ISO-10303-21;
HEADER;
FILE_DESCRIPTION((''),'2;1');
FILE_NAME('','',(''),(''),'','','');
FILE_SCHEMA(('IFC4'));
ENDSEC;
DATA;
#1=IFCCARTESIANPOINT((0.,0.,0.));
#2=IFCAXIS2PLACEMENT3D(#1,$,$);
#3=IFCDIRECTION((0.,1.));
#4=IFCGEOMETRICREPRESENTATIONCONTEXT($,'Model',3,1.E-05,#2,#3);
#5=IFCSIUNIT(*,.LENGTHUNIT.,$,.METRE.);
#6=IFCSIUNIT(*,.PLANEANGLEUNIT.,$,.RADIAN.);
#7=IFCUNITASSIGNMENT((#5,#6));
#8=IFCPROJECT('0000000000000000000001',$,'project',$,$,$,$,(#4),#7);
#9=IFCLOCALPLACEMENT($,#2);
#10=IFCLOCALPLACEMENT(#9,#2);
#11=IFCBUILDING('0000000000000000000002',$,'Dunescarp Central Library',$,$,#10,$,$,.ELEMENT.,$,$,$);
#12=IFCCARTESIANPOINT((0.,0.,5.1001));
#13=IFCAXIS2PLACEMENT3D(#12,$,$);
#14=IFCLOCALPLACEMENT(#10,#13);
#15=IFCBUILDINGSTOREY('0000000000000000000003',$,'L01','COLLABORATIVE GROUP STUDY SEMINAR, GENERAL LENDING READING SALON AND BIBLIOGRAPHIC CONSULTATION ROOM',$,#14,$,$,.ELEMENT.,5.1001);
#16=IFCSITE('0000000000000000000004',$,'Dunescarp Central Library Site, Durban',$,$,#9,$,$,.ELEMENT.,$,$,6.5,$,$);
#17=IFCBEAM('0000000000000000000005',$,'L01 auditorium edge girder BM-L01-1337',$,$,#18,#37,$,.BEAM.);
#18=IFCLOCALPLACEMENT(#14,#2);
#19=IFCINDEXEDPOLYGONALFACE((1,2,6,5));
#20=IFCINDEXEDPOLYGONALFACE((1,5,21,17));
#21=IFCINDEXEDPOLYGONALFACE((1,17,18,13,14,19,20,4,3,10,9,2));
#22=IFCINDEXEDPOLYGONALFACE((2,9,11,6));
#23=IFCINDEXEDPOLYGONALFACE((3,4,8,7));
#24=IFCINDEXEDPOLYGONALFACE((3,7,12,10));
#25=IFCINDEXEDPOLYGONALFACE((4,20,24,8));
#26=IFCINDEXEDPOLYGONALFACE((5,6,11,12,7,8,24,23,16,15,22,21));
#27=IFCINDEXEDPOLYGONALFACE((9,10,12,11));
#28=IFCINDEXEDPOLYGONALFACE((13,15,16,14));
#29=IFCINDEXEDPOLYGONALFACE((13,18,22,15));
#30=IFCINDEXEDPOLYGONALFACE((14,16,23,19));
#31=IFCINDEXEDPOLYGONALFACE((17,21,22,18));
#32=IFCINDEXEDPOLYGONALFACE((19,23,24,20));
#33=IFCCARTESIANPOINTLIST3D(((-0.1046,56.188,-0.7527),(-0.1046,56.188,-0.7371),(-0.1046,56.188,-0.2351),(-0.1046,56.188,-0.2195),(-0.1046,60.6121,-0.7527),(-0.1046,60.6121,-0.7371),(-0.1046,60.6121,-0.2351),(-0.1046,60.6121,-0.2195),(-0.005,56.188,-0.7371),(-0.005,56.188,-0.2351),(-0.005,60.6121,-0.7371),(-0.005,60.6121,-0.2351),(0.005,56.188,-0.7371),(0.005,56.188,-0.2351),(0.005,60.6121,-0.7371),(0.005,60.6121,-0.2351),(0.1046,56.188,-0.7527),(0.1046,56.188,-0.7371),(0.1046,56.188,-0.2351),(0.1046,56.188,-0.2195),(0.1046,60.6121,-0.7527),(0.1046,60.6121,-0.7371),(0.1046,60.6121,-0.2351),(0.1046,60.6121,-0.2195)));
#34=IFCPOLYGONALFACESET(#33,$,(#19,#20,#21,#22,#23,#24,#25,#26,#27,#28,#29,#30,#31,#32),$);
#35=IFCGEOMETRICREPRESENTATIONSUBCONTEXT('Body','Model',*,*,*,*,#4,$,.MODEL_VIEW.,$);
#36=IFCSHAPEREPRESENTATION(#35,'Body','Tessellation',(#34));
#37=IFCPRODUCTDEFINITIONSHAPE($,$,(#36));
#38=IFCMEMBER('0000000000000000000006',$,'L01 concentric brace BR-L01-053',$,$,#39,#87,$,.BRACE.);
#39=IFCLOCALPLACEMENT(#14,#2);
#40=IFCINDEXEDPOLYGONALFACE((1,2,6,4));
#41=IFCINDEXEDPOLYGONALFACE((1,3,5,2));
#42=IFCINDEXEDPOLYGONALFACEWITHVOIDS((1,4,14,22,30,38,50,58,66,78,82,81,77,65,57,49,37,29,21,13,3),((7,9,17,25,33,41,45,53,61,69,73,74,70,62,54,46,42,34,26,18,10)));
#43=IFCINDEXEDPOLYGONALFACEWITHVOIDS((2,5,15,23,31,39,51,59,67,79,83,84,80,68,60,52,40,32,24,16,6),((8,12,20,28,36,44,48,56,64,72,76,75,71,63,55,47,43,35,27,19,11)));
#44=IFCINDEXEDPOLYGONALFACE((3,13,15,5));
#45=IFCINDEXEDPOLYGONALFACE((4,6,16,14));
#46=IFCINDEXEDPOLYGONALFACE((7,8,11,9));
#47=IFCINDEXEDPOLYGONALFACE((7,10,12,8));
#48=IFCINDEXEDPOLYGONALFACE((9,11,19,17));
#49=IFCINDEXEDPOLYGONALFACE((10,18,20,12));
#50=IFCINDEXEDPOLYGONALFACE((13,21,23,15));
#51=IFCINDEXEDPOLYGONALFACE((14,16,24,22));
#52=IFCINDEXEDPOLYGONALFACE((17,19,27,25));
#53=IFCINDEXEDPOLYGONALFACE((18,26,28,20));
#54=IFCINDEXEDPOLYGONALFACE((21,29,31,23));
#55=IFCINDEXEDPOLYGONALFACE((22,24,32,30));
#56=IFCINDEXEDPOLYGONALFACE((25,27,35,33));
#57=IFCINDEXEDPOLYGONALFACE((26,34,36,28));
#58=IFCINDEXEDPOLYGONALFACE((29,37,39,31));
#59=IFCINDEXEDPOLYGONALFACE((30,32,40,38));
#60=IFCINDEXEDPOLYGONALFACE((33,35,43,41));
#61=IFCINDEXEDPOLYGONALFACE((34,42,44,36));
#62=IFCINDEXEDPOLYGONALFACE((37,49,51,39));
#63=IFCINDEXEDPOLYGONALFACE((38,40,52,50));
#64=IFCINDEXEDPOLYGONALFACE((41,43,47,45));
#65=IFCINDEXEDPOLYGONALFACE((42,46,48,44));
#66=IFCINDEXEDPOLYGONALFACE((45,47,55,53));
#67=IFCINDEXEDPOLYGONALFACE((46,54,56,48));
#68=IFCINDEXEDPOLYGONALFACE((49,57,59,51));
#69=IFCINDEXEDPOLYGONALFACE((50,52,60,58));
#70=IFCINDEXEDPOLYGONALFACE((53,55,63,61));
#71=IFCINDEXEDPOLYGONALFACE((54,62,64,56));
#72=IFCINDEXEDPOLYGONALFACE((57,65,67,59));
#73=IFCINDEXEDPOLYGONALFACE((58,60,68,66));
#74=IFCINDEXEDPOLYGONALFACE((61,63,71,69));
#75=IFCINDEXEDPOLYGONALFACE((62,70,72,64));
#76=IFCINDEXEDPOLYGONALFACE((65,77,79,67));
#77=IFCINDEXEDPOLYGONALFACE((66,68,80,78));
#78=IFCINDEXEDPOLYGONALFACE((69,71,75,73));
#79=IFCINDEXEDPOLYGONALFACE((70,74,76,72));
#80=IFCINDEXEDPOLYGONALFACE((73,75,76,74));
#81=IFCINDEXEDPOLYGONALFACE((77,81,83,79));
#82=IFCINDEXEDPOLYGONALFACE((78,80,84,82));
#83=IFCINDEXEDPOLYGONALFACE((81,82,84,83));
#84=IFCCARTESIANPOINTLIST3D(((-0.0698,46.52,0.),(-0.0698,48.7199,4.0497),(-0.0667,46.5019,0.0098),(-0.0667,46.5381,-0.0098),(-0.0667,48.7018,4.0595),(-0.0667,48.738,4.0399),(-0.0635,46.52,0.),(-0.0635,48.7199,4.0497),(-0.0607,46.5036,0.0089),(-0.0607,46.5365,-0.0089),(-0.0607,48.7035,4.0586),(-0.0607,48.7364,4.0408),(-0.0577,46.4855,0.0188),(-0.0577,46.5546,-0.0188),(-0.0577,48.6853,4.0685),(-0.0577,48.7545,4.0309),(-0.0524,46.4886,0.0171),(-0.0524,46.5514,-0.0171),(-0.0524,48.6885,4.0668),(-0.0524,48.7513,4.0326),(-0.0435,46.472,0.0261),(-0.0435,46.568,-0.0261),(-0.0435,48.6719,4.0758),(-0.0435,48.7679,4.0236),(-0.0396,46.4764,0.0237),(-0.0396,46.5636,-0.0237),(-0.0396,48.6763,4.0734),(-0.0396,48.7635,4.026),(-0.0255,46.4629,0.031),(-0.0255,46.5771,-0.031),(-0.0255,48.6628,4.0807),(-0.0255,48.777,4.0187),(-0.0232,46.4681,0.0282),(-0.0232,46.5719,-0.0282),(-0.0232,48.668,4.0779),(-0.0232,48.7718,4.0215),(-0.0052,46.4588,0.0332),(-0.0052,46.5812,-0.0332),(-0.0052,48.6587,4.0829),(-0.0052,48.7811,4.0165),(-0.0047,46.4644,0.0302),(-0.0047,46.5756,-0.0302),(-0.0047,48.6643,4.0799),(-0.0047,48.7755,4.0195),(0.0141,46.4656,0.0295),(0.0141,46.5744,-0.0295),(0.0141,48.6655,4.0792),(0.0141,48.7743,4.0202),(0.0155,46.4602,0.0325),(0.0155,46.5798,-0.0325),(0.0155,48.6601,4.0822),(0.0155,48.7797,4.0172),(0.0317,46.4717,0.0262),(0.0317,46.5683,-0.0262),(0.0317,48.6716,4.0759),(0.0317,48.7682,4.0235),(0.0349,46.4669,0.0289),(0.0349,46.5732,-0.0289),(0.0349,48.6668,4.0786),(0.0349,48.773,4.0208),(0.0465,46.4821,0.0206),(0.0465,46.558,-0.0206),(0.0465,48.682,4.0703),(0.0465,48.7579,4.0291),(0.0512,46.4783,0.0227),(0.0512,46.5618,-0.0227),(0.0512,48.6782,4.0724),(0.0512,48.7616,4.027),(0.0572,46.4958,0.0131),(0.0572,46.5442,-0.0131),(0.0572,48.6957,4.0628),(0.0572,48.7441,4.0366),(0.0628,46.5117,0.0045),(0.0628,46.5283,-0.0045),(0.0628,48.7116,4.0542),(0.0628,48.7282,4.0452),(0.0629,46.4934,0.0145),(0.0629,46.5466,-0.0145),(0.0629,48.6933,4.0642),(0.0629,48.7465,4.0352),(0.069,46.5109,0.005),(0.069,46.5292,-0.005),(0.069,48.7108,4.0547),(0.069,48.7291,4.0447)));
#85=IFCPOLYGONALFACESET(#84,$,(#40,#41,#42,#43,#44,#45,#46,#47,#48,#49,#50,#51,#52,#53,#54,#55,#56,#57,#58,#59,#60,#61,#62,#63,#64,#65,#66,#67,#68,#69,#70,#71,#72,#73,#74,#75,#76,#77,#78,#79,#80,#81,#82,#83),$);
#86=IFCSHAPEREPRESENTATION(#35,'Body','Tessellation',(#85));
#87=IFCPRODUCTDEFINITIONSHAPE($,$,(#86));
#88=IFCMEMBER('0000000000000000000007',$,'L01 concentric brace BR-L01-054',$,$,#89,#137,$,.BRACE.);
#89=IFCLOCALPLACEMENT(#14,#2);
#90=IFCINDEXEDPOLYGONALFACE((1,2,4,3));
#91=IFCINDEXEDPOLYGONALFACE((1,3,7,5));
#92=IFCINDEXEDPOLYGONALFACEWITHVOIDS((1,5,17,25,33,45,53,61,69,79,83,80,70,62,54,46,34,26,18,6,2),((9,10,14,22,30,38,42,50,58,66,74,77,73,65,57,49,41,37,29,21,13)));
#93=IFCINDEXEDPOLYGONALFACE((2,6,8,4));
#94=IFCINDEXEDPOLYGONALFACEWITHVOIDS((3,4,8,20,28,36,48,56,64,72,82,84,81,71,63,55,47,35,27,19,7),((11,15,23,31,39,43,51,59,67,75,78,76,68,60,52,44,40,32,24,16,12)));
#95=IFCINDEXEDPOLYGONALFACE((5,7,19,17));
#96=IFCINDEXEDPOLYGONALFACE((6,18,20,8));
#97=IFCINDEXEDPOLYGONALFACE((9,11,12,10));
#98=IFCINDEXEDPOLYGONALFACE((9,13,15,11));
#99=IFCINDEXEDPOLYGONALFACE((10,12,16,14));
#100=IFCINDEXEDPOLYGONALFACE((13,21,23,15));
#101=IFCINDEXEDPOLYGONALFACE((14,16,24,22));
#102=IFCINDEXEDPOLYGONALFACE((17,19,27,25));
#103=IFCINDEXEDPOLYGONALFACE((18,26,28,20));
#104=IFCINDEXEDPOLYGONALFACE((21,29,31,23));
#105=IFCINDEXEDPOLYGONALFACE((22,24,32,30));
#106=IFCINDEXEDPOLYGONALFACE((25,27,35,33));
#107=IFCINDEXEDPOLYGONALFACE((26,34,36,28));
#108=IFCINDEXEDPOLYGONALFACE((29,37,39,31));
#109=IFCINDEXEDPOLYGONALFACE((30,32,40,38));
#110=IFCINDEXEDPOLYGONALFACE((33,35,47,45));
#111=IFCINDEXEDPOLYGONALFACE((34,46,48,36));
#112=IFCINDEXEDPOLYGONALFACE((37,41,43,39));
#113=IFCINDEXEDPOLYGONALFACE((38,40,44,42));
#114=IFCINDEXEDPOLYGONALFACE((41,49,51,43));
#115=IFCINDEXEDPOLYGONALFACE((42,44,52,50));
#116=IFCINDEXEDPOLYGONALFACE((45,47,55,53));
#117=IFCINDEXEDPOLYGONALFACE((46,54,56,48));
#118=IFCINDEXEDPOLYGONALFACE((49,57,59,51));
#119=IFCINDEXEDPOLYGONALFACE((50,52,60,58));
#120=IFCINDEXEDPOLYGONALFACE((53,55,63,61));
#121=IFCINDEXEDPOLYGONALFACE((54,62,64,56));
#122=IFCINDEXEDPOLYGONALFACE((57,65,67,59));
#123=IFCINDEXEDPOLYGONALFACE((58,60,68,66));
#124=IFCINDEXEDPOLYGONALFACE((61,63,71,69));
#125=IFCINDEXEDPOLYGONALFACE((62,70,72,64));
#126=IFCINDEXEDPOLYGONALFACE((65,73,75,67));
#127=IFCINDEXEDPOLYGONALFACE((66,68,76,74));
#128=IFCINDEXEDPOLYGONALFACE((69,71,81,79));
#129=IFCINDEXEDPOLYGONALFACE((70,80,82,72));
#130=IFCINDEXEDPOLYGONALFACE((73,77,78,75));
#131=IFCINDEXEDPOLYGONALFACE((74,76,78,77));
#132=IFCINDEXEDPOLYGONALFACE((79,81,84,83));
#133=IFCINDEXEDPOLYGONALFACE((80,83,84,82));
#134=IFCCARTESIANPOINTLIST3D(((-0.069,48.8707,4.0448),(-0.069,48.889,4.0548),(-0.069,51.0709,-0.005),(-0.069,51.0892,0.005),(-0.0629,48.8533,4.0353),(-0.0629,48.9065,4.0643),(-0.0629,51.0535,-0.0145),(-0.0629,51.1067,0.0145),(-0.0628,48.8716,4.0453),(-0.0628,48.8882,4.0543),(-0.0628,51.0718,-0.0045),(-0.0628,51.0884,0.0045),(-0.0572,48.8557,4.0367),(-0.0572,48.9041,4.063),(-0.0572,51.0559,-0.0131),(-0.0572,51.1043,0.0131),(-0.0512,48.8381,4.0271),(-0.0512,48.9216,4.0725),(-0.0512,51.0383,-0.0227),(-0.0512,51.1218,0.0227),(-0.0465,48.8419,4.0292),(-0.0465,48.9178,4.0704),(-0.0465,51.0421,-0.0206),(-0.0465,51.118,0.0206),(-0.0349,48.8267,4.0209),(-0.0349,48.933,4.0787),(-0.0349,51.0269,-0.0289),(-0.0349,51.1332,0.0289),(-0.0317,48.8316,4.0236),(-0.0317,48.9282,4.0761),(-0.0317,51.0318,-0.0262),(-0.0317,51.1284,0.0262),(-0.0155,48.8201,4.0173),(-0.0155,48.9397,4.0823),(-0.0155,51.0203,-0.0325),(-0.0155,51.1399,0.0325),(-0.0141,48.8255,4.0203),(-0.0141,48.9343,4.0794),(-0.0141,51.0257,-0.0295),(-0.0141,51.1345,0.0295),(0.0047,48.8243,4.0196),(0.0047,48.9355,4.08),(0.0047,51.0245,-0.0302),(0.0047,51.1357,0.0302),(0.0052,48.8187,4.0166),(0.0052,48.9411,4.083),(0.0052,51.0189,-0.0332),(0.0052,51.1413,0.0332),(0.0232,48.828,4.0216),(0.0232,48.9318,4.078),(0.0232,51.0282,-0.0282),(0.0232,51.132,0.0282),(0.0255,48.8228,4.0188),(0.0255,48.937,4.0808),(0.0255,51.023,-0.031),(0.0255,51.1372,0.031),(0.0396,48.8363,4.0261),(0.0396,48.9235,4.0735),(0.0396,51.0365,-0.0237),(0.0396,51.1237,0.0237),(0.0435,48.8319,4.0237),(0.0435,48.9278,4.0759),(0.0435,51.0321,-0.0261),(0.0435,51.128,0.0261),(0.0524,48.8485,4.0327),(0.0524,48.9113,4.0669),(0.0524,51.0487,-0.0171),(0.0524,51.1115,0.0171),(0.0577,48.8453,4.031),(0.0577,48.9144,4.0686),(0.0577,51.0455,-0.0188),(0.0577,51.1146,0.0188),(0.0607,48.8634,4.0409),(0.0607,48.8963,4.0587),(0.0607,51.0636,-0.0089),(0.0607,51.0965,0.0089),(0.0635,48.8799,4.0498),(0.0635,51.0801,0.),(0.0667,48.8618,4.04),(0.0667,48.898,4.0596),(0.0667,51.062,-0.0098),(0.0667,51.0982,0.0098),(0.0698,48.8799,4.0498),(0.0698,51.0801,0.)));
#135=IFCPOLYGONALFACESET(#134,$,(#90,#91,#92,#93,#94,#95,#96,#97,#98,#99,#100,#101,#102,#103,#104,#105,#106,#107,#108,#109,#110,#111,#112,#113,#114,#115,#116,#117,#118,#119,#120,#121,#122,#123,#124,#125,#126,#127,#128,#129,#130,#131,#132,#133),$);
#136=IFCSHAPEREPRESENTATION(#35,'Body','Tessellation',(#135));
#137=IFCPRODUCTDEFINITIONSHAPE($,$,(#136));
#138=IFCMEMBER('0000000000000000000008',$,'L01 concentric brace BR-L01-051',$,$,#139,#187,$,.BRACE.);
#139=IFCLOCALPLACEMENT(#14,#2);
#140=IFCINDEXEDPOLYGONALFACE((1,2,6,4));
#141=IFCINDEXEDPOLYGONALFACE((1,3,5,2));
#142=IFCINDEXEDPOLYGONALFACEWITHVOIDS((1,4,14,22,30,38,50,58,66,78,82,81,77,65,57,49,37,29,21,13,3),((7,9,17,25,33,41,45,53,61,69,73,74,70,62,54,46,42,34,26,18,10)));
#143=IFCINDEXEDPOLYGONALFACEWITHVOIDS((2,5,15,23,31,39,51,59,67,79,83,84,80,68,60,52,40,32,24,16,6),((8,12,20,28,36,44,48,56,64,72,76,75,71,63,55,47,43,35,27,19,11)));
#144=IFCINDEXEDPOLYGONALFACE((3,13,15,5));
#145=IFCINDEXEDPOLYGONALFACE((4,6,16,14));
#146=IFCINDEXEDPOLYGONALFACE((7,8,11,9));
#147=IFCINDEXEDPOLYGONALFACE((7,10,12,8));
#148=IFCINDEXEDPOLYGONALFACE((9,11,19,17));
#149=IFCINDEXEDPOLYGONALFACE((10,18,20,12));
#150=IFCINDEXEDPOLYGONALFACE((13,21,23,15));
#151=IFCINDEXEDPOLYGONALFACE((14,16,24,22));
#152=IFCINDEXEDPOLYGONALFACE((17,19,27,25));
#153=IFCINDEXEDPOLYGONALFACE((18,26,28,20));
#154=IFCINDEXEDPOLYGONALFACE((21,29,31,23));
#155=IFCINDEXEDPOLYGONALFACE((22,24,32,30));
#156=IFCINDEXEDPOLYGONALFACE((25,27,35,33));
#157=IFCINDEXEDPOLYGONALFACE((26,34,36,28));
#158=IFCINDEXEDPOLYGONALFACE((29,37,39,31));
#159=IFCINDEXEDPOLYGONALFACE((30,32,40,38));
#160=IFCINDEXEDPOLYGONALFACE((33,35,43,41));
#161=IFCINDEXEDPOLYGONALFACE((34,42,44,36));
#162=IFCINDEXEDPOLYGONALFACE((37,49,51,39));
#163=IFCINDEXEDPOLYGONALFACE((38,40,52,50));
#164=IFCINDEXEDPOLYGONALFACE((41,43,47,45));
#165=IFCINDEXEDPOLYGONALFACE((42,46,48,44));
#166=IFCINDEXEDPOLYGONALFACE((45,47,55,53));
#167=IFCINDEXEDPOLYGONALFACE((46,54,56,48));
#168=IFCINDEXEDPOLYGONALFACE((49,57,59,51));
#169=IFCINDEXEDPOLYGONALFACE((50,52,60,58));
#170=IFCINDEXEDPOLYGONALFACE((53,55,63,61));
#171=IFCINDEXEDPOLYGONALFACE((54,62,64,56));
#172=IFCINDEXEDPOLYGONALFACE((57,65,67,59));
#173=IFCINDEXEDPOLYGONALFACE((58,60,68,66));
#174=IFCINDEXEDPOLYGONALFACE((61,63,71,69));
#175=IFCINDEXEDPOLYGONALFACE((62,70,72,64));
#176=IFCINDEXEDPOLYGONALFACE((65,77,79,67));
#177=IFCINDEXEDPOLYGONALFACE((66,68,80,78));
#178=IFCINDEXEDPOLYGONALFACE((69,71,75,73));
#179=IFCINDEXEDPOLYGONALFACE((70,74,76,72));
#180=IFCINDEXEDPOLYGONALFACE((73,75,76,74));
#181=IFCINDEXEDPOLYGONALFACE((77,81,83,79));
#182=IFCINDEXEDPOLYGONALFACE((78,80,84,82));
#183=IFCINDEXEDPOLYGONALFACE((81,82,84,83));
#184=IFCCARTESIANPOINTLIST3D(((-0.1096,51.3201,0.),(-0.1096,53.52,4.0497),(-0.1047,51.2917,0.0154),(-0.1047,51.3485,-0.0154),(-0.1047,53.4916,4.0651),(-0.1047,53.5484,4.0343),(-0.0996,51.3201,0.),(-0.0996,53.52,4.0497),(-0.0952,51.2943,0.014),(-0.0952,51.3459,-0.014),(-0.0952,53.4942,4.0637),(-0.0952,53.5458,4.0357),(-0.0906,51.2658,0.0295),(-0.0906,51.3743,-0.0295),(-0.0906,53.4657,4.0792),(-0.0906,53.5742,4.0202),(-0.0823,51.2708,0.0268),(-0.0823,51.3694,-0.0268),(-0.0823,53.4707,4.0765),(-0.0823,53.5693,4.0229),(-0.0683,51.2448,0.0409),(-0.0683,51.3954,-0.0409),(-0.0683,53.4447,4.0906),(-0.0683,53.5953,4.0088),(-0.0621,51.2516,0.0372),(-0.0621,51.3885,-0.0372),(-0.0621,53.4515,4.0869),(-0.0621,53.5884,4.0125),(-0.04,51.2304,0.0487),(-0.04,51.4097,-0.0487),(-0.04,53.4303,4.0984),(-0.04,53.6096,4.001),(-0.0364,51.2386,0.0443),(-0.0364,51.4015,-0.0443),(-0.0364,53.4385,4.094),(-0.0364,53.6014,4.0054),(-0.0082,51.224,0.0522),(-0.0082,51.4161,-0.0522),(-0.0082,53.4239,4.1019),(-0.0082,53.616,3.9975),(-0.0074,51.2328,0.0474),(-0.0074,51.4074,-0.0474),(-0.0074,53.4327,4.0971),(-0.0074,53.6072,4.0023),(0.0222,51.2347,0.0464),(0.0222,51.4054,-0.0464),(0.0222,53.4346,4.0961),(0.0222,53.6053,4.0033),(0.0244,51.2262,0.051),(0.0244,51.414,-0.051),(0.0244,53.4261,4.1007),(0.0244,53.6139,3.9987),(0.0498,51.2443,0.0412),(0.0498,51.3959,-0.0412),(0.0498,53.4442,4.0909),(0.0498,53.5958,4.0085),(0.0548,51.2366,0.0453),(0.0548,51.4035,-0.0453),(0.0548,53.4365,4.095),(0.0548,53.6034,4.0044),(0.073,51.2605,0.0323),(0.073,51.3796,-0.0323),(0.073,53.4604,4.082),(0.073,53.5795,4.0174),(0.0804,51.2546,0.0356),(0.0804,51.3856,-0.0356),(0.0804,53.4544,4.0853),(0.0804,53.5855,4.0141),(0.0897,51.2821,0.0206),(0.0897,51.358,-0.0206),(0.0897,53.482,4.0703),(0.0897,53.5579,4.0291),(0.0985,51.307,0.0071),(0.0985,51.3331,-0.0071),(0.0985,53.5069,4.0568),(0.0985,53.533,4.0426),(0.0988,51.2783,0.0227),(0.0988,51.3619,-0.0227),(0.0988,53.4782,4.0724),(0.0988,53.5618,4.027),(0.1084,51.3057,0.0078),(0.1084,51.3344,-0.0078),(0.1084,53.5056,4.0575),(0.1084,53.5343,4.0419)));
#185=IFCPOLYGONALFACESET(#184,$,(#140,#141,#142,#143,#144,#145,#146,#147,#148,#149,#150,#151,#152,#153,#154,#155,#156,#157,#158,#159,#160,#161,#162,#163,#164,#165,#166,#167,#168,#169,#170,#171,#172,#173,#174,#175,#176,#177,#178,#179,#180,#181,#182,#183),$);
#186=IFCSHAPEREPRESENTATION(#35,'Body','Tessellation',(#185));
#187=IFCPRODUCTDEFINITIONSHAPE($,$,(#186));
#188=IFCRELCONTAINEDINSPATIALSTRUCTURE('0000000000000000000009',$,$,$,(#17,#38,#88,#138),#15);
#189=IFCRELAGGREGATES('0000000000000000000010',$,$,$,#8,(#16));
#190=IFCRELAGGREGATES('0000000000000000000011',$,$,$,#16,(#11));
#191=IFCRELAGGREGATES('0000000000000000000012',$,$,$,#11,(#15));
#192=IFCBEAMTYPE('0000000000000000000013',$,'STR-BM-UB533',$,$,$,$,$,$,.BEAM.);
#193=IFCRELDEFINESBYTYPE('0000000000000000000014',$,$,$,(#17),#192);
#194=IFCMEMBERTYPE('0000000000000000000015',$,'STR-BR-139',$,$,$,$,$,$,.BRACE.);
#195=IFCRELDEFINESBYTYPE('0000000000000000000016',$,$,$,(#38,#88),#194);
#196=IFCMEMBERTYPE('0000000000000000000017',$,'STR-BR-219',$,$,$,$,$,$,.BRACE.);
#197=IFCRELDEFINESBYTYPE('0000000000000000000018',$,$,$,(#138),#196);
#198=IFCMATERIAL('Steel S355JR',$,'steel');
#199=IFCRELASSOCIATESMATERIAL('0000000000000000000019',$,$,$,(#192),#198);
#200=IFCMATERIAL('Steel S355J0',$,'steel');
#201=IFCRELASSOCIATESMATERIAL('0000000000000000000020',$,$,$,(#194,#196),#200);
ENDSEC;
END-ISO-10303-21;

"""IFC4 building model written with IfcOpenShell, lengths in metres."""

from ifc_helpers import new_model, si_unit, direction, frame, origin, origin_2d, place, context, subcontext, project, spatial, hollow_circle, i_section, extrude, material, material_profile, profile_set, type_object, element, save


model = new_model("IFC4")

# Units and contexts
model_context = context("Model", 3, precision=1e-05, world=origin(), true_north=direction((0.0, 1.0)))
body_context = subcontext(model_context, "Body", "Model", "MODEL_VIEW")
ifc_project = project(units=[si_unit("LENGTHUNIT", "METRE"), si_unit("PLANEANGLEUNIT", "RADIAN")], contexts=[model_context])

# Site, building, storey
site_placement = place(None, origin())
site = spatial("IfcSite", under=ifc_project, at=site_placement, Name="Dunescarp Central Library Site, Durban", CompositionType="ELEMENT", RefElevation=6.5)
building_placement = place(site_placement, origin())
building = spatial("IfcBuilding", under=site, at=building_placement, Name="Dunescarp Central Library", CompositionType="ELEMENT")
storey_placement = place(building_placement, frame((0.0, 0.0, 5.1001)))
storey = spatial("IfcBuildingStorey", under=building, at=storey_placement, Name="L01", Description="COLLABORATIVE GROUP STUDY SEMINAR, GENERAL LENDING READING SALON AND BIBLIOGRAPHIC CONSULTATION ROOM", CompositionType="ELEMENT", Elevation=5.1001)

# Shared definitions
ifc_material_1 = material(Name="Steel S355JR", Category="steel")

# Beam
ifc_material_profile_1 = material_profile(ifc_material_1, i_section(OverallWidth=0.2092, OverallDepth=0.5332, WebThickness=0.01, FlangeThickness=0.0156, at=origin_2d()), Name="UB 533x210x92")
ifc_profile_set_1 = profile_set([ifc_material_profile_1], Name="Steel S355JR")
beam_type_1 = type_object("IfcBeamType", Name="STR-BM-UB533", PredefinedType="BEAM", material=ifc_profile_set_1)
for number, where, z_axis, x_axis, name in (
    (1, (0.0, 56.188, -0.4861), (0.0, 1.0, 0.0), (-1.0, 0.0, 0.0), "L01 auditorium edge girder BM-L01-1337"),
):
    element("IfcBeam", number, at=place(storey_placement, frame(where, z_axis=z_axis, x_axis=x_axis)), inside=storey, type_object=beam_type_1, Name=name, PredefinedType="BEAM", context=body_context, shape_type="SweptSolid", body=[
        extrude(i_section(OverallWidth=0.2092, OverallDepth=0.5332, WebThickness=0.01, FlangeThickness=0.0156, at=origin_2d()), origin(), (0.0, 0.0, 1.0), 4.4241),
    ])

# Members
ifc_material_2 = material(Name="Steel S355J0", Category="steel")
ifc_material_profile_2 = material_profile(ifc_material_2, hollow_circle(Radius=0.0698, WallThickness=0.0063, at=origin_2d()), Name="CHS 139.7x6.3")
ifc_profile_set_2 = profile_set([ifc_material_profile_2], Name="Steel S355J0")
member_type_1 = type_object("IfcMemberType", Name="STR-BR-139", PredefinedType="BRACE", material=ifc_profile_set_2)
member_1_placement = place(storey_placement, frame((0.0, 46.52, 0.0), z_axis=(0.0, 0.477341, 0.878718), x_axis=(-1.0, 0.0, 0.0)))
element("IfcMember", 2, at=member_1_placement, inside=storey, type_object=member_type_1, Name="L01 concentric brace BR-L01-053", PredefinedType="BRACE", context=body_context, shape_type="SweptSolid", body=[
    extrude(hollow_circle(Radius=0.0698, WallThickness=0.0063, at=origin_2d()), origin(), (0.0, 0.0, 1.0), 4.6086),
])
member_2_placement = place(storey_placement, frame((0.0, 51.0801, 0.0), z_axis=(0.0, -0.477382, 0.878696), x_axis=(1.0, 0.0, 0.0)))
element("IfcMember", 3, at=member_2_placement, inside=storey, type_object=member_type_1, Name="L01 concentric brace BR-L01-054", PredefinedType="BRACE", context=body_context, shape_type="SweptSolid", body=[
    extrude(hollow_circle(Radius=0.0698, WallThickness=0.0063, at=origin_2d()), origin(), (0.0, 0.0, 1.0), 4.6089),
])
ifc_material_profile_3 = material_profile(ifc_material_2, hollow_circle(Radius=0.1096, WallThickness=0.01, at=origin_2d()), Name="CHS 219.1x10")
ifc_profile_set_3 = profile_set([ifc_material_profile_3], Name="Steel S355J0")
member_type_2 = type_object("IfcMemberType", Name="STR-BR-219", PredefinedType="BRACE", material=ifc_profile_set_3)
for number, where, z_axis, x_axis, name in (
    (4, (0.0, 51.3201, 0.0), (0.0, 0.477341, 0.878718), (-1.0, 0.0, 0.0), "L01 concentric brace BR-L01-051"),
):
    element("IfcMember", number, at=place(storey_placement, frame(where, z_axis=z_axis, x_axis=x_axis)), inside=storey, type_object=member_type_2, Name=name, PredefinedType="BRACE", context=body_context, shape_type="SweptSolid", body=[
        extrude(hollow_circle(Radius=0.1096, WallThickness=0.01, at=origin_2d()), origin(), (0.0, 0.0, 1.0), 4.6086),
    ])

save(model, "model.ifc")
